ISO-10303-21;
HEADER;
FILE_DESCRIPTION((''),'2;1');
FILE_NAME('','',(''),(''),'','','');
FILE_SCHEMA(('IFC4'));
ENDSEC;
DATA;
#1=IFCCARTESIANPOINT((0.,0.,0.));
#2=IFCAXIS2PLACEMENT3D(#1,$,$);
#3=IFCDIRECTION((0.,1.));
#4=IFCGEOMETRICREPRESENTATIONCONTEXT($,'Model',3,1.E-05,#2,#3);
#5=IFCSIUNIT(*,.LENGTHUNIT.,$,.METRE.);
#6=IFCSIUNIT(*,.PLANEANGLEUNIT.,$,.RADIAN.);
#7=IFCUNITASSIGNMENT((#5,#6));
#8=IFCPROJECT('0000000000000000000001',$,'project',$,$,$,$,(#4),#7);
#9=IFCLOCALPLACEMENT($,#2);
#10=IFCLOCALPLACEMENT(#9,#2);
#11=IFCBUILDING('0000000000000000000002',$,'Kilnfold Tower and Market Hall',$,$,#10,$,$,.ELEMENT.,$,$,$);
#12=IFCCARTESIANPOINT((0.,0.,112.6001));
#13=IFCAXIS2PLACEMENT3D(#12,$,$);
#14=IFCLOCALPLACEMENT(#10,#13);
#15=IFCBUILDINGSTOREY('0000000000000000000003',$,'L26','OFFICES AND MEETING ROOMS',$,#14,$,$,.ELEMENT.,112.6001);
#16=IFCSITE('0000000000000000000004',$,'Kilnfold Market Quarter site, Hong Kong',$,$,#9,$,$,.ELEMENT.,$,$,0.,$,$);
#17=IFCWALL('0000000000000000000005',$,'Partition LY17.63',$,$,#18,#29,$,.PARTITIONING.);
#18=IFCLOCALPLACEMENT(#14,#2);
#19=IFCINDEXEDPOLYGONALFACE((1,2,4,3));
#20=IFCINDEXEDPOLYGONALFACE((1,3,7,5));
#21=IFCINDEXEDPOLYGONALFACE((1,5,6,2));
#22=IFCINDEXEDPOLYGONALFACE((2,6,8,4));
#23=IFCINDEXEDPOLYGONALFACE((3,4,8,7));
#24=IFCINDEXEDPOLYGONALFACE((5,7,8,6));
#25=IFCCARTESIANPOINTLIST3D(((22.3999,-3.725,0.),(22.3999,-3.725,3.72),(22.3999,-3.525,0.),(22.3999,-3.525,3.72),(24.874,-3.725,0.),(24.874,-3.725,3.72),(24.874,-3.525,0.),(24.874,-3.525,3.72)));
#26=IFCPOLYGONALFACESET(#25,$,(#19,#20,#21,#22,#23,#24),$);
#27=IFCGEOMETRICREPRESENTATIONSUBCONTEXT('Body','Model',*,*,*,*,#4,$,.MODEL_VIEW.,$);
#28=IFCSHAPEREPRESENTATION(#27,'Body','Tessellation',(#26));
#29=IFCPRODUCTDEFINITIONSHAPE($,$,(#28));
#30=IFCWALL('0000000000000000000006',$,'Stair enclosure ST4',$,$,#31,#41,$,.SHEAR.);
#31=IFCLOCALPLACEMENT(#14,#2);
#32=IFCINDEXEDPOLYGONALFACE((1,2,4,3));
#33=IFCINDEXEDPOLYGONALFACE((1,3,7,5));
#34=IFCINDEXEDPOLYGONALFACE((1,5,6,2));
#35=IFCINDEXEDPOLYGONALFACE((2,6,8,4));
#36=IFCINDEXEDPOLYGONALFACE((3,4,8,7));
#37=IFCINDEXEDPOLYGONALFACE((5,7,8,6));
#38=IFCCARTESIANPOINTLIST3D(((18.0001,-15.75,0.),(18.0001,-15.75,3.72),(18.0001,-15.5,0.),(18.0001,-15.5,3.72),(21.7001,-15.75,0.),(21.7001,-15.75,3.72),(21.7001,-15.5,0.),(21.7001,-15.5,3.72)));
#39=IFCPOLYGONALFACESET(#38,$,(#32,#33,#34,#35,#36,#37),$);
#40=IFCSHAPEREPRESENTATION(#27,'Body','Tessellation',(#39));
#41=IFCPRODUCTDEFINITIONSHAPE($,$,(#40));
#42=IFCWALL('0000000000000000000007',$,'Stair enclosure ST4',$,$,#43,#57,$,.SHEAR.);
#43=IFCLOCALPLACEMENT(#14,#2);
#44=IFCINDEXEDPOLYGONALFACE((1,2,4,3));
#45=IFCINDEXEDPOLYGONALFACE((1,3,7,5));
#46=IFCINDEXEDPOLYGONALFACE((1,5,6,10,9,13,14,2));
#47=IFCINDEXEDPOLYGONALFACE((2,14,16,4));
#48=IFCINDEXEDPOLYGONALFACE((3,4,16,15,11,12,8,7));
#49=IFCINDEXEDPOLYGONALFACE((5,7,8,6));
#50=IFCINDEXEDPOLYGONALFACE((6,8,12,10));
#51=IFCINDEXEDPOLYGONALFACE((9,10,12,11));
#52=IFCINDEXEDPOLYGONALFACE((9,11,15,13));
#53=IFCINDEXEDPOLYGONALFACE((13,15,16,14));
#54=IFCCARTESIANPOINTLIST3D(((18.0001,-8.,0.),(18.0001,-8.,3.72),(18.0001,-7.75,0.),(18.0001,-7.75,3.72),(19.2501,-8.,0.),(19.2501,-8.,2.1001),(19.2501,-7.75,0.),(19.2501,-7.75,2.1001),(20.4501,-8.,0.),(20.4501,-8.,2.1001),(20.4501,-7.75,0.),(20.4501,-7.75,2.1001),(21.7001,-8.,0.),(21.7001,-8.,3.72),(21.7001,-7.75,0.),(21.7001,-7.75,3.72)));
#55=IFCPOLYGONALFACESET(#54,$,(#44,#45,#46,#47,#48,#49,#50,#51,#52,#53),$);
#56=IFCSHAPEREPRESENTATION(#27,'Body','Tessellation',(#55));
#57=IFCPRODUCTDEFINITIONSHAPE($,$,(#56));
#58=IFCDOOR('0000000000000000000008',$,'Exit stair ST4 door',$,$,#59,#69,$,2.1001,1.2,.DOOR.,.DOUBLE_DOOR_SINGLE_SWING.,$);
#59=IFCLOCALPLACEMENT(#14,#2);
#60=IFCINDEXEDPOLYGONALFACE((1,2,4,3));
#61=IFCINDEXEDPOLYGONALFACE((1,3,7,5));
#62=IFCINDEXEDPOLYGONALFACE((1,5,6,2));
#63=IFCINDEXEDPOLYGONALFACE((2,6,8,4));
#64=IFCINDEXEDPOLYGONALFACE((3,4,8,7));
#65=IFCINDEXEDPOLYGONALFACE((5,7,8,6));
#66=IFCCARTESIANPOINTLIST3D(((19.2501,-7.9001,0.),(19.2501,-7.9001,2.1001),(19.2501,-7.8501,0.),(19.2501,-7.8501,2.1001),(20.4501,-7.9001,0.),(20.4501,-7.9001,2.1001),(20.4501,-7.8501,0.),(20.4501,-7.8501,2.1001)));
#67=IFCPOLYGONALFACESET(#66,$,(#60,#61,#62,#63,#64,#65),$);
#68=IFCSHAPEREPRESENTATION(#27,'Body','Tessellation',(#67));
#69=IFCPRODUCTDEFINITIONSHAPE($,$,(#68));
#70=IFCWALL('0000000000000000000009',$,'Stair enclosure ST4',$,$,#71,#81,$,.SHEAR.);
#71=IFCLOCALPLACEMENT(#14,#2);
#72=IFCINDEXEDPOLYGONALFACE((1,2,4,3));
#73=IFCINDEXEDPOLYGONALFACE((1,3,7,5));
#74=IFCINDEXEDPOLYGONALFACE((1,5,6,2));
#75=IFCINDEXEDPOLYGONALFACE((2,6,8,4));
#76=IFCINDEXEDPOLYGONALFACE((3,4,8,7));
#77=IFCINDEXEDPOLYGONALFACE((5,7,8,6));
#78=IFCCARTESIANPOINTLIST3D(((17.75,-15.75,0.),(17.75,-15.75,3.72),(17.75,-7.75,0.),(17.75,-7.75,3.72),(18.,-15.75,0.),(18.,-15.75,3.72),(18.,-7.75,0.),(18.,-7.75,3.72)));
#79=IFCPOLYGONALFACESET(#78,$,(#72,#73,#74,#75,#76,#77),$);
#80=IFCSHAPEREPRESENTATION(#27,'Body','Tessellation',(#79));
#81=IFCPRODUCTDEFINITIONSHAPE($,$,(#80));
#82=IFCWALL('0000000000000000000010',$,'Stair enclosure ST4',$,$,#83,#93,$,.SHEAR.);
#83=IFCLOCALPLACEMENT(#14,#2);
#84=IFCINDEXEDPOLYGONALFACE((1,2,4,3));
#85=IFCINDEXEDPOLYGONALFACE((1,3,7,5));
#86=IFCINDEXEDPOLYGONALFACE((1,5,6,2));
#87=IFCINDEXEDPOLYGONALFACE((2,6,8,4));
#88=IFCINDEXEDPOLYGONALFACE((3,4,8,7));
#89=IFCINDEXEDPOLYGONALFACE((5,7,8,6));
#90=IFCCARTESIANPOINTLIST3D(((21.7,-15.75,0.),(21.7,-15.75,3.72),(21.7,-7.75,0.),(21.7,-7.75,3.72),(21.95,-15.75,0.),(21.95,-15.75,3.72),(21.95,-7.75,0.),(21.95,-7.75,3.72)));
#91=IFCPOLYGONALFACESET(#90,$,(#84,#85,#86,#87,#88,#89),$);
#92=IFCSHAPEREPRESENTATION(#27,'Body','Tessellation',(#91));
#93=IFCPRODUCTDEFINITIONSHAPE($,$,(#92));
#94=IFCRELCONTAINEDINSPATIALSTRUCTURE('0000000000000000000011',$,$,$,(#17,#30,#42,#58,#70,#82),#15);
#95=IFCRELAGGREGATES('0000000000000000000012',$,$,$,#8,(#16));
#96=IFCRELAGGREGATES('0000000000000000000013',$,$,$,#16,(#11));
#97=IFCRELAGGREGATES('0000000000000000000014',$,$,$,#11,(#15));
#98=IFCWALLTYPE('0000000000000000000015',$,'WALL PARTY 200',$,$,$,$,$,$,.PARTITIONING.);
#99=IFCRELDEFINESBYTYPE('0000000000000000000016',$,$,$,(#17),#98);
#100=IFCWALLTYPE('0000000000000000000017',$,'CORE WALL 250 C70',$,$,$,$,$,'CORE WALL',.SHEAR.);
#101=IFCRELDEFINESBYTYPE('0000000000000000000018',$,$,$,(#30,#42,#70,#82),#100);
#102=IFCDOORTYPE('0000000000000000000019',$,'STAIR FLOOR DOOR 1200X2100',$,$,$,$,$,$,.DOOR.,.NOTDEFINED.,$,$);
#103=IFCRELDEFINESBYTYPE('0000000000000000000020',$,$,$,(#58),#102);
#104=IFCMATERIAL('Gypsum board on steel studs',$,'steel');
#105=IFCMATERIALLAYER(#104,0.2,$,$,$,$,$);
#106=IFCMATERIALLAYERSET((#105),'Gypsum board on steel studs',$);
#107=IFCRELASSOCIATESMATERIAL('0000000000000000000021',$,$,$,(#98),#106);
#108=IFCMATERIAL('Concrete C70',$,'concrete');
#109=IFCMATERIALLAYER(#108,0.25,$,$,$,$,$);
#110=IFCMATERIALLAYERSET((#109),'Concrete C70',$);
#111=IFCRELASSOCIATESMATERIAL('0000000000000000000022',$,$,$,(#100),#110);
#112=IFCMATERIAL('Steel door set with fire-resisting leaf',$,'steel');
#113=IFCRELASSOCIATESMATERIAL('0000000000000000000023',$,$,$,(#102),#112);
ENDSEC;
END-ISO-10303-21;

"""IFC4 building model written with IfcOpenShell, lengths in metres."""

from ifc_helpers import new_model, si_unit, direction, frame, frame_2d, origin, place, context, subcontext, project, spatial, rectangle, extrude, source, transform, mapped, material, layer, layer_set, type_object, element, fill, save


model = new_model("IFC4")

# Units and contexts
model_context = context("Model", 3, precision=1e-05, world=origin(), true_north=direction((0.0, 1.0)))
body_context = subcontext(model_context, "Body", "Model", "MODEL_VIEW")
ifc_project = project(units=[si_unit("LENGTHUNIT", "METRE"), si_unit("PLANEANGLEUNIT", "RADIAN")], contexts=[model_context])

# Site, building, storey
site_placement = place(None, origin())
site = spatial("IfcSite", under=ifc_project, at=site_placement, Name="Kilnfold Market Quarter site, Hong Kong", CompositionType="ELEMENT", RefElevation=0.0)
building_placement = place(site_placement, origin())
building = spatial("IfcBuilding", under=site, at=building_placement, Name="Kilnfold Tower and Market Hall", CompositionType="ELEMENT")
storey_placement = place(building_placement, frame((0.0, 0.0, 112.6001)))
storey = spatial("IfcBuildingStorey", under=building, at=storey_placement, Name="L26", Description="OFFICES AND MEETING ROOMS", CompositionType="ELEMENT", Elevation=112.6001)

# Walls
ifc_material_1 = material(Name="Gypsum board on steel studs", Category="steel")
ifc_layer_1 = layer(ifc_material_1, 0.2)
ifc_layer_set_1 = layer_set([ifc_layer_1], Name="Gypsum board on steel studs")
wall_type_1 = type_object("IfcWallType", Name="WALL PARTY 200", PredefinedType="PARTITIONING", material=ifc_layer_set_1)
wall_1_placement = place(storey_placement, frame((22.3999, -3.625, 0.0), z_axis=(0.0, 0.0, 1.0), x_axis=(1.0, 0.0, 0.0)))
element("IfcWall", 1, at=wall_1_placement, inside=storey, type_object=wall_type_1, Name="Partition LY17.63", PredefinedType="PARTITIONING", context=body_context, shape_type="SweptSolid", body=[
    extrude(rectangle(XDim=2.4741, YDim=0.2, at=frame_2d((1.2371, 0.0))), origin(), (0.0, 0.0, 1.0), 3.72),
])
ifc_material_2 = material(Name="Concrete C70", Category="concrete")
ifc_layer_2 = layer(ifc_material_2, 0.25)
ifc_layer_set_2 = layer_set([ifc_layer_2], Name="Concrete C70")
wall_type_2 = type_object("IfcWallType", Name="CORE WALL 250 C70", ElementType="CORE WALL", PredefinedType="SHEAR", material=ifc_layer_set_2)
shared_shape_1 = source(origin(), body_context, "Body", "SweptSolid", [
    extrude(rectangle(XDim=3.7, YDim=0.25, at=frame_2d((1.8501, 0.0))), origin(), (0.0, 0.0, 1.0), 3.72),
])
wall_2_placement = place(storey_placement, frame((18.0, -15.625, 0.0), z_axis=(0.0, 0.0, 1.0), x_axis=(1.0, 0.0, 0.0)))
element("IfcWall", 2, at=wall_2_placement, inside=storey, type_object=wall_type_2, Name="Stair enclosure ST4", PredefinedType="SHEAR", context=body_context, shape_type="MappedRepresentation", body=[
    mapped(shared_shape_1, transform((0.0, 0.0, 0.0))),
])

# Wall, opening, door
wall_3_placement = place(storey_placement, frame((18.0, -7.875, 0.0), z_axis=(0.0, 0.0, 1.0), x_axis=(1.0, 0.0, 0.0)))
wall_3 = element("IfcWall", 3, at=wall_3_placement, inside=storey, type_object=wall_type_2, Name="Stair enclosure ST4", PredefinedType="SHEAR", context=body_context, shape_type="MappedRepresentation", body=[
    mapped(shared_shape_1, transform((0.0, 0.0, 0.0))),
])
opening_1_placement = place(wall_3_placement, frame((1.25, 0.0, 0.0)))
opening_1 = element("IfcOpeningElement", 4, at=opening_1_placement, cuts=wall_3, PredefinedType="OPENING", context=body_context, shape_type="SweptSolid", body=[
    extrude(rectangle(XDim=1.2, YDim=2.1001, at=frame_2d((0.6001, 1.05))), frame((0.0, 0.135, 0.0), z_axis=(0.0, -1.0, 0.0), x_axis=(1.0, 0.0, 0.0)), (0.0, 0.0, 1.0), 0.27),
])
ifc_material_3 = material(Name="Steel door set with fire-resisting leaf", Category="steel")
door_type_1 = type_object("IfcDoorType", Name="STAIR FLOOR DOOR 1200X2100", OperationType="NOTDEFINED", PredefinedType="DOOR", material=ifc_material_3)
door_1_placement = place(opening_1_placement, origin())
door_1 = element("IfcDoor", 5, at=door_1_placement, inside=storey, type_object=door_type_1, Name="Exit stair ST4 door", OperationType="DOUBLE_DOOR_SINGLE_SWING", OverallHeight=2.1001, OverallWidth=1.2, PredefinedType="DOOR", context=body_context, shape_type="SweptSolid", body=[
    extrude(rectangle(XDim=1.2, YDim=2.1001, at=frame_2d((0.6001, 1.05))), frame((0.0, 0.0249, 0.0), z_axis=(0.0, -1.0, 0.0), x_axis=(1.0, 0.0, 0.0)), (0.0, 0.0, 1.0), 0.05),
])
fill(opening_1, door_1)

# Walls
shared_shape_2 = source(origin(), body_context, "Body", "SweptSolid", [
    extrude(rectangle(XDim=8.0, YDim=0.25, at=frame_2d((4.0, 0.0))), origin(), (0.0, 0.0, 1.0), 3.72),
])
for number, where, z_axis, x_axis, name in (
    (6, (17.875, -15.75, 0.0), (0.0, 0.0, 1.0), (0.0, 1.0, 0.0), "Stair enclosure ST4"),
    (7, (21.825, -15.75, 0.0), (0.0, 0.0, 1.0), (0.0, 1.0, 0.0), "Stair enclosure ST4"),
):
    element("IfcWall", number, at=place(storey_placement, frame(where, z_axis=z_axis, x_axis=x_axis)), inside=storey, type_object=wall_type_2, Name=name, PredefinedType="SHEAR", context=body_context, shape_type="MappedRepresentation", body=[
        mapped(shared_shape_2, transform((0.0, 0.0, 0.0))),
    ])

save(model, "model.ifc")
